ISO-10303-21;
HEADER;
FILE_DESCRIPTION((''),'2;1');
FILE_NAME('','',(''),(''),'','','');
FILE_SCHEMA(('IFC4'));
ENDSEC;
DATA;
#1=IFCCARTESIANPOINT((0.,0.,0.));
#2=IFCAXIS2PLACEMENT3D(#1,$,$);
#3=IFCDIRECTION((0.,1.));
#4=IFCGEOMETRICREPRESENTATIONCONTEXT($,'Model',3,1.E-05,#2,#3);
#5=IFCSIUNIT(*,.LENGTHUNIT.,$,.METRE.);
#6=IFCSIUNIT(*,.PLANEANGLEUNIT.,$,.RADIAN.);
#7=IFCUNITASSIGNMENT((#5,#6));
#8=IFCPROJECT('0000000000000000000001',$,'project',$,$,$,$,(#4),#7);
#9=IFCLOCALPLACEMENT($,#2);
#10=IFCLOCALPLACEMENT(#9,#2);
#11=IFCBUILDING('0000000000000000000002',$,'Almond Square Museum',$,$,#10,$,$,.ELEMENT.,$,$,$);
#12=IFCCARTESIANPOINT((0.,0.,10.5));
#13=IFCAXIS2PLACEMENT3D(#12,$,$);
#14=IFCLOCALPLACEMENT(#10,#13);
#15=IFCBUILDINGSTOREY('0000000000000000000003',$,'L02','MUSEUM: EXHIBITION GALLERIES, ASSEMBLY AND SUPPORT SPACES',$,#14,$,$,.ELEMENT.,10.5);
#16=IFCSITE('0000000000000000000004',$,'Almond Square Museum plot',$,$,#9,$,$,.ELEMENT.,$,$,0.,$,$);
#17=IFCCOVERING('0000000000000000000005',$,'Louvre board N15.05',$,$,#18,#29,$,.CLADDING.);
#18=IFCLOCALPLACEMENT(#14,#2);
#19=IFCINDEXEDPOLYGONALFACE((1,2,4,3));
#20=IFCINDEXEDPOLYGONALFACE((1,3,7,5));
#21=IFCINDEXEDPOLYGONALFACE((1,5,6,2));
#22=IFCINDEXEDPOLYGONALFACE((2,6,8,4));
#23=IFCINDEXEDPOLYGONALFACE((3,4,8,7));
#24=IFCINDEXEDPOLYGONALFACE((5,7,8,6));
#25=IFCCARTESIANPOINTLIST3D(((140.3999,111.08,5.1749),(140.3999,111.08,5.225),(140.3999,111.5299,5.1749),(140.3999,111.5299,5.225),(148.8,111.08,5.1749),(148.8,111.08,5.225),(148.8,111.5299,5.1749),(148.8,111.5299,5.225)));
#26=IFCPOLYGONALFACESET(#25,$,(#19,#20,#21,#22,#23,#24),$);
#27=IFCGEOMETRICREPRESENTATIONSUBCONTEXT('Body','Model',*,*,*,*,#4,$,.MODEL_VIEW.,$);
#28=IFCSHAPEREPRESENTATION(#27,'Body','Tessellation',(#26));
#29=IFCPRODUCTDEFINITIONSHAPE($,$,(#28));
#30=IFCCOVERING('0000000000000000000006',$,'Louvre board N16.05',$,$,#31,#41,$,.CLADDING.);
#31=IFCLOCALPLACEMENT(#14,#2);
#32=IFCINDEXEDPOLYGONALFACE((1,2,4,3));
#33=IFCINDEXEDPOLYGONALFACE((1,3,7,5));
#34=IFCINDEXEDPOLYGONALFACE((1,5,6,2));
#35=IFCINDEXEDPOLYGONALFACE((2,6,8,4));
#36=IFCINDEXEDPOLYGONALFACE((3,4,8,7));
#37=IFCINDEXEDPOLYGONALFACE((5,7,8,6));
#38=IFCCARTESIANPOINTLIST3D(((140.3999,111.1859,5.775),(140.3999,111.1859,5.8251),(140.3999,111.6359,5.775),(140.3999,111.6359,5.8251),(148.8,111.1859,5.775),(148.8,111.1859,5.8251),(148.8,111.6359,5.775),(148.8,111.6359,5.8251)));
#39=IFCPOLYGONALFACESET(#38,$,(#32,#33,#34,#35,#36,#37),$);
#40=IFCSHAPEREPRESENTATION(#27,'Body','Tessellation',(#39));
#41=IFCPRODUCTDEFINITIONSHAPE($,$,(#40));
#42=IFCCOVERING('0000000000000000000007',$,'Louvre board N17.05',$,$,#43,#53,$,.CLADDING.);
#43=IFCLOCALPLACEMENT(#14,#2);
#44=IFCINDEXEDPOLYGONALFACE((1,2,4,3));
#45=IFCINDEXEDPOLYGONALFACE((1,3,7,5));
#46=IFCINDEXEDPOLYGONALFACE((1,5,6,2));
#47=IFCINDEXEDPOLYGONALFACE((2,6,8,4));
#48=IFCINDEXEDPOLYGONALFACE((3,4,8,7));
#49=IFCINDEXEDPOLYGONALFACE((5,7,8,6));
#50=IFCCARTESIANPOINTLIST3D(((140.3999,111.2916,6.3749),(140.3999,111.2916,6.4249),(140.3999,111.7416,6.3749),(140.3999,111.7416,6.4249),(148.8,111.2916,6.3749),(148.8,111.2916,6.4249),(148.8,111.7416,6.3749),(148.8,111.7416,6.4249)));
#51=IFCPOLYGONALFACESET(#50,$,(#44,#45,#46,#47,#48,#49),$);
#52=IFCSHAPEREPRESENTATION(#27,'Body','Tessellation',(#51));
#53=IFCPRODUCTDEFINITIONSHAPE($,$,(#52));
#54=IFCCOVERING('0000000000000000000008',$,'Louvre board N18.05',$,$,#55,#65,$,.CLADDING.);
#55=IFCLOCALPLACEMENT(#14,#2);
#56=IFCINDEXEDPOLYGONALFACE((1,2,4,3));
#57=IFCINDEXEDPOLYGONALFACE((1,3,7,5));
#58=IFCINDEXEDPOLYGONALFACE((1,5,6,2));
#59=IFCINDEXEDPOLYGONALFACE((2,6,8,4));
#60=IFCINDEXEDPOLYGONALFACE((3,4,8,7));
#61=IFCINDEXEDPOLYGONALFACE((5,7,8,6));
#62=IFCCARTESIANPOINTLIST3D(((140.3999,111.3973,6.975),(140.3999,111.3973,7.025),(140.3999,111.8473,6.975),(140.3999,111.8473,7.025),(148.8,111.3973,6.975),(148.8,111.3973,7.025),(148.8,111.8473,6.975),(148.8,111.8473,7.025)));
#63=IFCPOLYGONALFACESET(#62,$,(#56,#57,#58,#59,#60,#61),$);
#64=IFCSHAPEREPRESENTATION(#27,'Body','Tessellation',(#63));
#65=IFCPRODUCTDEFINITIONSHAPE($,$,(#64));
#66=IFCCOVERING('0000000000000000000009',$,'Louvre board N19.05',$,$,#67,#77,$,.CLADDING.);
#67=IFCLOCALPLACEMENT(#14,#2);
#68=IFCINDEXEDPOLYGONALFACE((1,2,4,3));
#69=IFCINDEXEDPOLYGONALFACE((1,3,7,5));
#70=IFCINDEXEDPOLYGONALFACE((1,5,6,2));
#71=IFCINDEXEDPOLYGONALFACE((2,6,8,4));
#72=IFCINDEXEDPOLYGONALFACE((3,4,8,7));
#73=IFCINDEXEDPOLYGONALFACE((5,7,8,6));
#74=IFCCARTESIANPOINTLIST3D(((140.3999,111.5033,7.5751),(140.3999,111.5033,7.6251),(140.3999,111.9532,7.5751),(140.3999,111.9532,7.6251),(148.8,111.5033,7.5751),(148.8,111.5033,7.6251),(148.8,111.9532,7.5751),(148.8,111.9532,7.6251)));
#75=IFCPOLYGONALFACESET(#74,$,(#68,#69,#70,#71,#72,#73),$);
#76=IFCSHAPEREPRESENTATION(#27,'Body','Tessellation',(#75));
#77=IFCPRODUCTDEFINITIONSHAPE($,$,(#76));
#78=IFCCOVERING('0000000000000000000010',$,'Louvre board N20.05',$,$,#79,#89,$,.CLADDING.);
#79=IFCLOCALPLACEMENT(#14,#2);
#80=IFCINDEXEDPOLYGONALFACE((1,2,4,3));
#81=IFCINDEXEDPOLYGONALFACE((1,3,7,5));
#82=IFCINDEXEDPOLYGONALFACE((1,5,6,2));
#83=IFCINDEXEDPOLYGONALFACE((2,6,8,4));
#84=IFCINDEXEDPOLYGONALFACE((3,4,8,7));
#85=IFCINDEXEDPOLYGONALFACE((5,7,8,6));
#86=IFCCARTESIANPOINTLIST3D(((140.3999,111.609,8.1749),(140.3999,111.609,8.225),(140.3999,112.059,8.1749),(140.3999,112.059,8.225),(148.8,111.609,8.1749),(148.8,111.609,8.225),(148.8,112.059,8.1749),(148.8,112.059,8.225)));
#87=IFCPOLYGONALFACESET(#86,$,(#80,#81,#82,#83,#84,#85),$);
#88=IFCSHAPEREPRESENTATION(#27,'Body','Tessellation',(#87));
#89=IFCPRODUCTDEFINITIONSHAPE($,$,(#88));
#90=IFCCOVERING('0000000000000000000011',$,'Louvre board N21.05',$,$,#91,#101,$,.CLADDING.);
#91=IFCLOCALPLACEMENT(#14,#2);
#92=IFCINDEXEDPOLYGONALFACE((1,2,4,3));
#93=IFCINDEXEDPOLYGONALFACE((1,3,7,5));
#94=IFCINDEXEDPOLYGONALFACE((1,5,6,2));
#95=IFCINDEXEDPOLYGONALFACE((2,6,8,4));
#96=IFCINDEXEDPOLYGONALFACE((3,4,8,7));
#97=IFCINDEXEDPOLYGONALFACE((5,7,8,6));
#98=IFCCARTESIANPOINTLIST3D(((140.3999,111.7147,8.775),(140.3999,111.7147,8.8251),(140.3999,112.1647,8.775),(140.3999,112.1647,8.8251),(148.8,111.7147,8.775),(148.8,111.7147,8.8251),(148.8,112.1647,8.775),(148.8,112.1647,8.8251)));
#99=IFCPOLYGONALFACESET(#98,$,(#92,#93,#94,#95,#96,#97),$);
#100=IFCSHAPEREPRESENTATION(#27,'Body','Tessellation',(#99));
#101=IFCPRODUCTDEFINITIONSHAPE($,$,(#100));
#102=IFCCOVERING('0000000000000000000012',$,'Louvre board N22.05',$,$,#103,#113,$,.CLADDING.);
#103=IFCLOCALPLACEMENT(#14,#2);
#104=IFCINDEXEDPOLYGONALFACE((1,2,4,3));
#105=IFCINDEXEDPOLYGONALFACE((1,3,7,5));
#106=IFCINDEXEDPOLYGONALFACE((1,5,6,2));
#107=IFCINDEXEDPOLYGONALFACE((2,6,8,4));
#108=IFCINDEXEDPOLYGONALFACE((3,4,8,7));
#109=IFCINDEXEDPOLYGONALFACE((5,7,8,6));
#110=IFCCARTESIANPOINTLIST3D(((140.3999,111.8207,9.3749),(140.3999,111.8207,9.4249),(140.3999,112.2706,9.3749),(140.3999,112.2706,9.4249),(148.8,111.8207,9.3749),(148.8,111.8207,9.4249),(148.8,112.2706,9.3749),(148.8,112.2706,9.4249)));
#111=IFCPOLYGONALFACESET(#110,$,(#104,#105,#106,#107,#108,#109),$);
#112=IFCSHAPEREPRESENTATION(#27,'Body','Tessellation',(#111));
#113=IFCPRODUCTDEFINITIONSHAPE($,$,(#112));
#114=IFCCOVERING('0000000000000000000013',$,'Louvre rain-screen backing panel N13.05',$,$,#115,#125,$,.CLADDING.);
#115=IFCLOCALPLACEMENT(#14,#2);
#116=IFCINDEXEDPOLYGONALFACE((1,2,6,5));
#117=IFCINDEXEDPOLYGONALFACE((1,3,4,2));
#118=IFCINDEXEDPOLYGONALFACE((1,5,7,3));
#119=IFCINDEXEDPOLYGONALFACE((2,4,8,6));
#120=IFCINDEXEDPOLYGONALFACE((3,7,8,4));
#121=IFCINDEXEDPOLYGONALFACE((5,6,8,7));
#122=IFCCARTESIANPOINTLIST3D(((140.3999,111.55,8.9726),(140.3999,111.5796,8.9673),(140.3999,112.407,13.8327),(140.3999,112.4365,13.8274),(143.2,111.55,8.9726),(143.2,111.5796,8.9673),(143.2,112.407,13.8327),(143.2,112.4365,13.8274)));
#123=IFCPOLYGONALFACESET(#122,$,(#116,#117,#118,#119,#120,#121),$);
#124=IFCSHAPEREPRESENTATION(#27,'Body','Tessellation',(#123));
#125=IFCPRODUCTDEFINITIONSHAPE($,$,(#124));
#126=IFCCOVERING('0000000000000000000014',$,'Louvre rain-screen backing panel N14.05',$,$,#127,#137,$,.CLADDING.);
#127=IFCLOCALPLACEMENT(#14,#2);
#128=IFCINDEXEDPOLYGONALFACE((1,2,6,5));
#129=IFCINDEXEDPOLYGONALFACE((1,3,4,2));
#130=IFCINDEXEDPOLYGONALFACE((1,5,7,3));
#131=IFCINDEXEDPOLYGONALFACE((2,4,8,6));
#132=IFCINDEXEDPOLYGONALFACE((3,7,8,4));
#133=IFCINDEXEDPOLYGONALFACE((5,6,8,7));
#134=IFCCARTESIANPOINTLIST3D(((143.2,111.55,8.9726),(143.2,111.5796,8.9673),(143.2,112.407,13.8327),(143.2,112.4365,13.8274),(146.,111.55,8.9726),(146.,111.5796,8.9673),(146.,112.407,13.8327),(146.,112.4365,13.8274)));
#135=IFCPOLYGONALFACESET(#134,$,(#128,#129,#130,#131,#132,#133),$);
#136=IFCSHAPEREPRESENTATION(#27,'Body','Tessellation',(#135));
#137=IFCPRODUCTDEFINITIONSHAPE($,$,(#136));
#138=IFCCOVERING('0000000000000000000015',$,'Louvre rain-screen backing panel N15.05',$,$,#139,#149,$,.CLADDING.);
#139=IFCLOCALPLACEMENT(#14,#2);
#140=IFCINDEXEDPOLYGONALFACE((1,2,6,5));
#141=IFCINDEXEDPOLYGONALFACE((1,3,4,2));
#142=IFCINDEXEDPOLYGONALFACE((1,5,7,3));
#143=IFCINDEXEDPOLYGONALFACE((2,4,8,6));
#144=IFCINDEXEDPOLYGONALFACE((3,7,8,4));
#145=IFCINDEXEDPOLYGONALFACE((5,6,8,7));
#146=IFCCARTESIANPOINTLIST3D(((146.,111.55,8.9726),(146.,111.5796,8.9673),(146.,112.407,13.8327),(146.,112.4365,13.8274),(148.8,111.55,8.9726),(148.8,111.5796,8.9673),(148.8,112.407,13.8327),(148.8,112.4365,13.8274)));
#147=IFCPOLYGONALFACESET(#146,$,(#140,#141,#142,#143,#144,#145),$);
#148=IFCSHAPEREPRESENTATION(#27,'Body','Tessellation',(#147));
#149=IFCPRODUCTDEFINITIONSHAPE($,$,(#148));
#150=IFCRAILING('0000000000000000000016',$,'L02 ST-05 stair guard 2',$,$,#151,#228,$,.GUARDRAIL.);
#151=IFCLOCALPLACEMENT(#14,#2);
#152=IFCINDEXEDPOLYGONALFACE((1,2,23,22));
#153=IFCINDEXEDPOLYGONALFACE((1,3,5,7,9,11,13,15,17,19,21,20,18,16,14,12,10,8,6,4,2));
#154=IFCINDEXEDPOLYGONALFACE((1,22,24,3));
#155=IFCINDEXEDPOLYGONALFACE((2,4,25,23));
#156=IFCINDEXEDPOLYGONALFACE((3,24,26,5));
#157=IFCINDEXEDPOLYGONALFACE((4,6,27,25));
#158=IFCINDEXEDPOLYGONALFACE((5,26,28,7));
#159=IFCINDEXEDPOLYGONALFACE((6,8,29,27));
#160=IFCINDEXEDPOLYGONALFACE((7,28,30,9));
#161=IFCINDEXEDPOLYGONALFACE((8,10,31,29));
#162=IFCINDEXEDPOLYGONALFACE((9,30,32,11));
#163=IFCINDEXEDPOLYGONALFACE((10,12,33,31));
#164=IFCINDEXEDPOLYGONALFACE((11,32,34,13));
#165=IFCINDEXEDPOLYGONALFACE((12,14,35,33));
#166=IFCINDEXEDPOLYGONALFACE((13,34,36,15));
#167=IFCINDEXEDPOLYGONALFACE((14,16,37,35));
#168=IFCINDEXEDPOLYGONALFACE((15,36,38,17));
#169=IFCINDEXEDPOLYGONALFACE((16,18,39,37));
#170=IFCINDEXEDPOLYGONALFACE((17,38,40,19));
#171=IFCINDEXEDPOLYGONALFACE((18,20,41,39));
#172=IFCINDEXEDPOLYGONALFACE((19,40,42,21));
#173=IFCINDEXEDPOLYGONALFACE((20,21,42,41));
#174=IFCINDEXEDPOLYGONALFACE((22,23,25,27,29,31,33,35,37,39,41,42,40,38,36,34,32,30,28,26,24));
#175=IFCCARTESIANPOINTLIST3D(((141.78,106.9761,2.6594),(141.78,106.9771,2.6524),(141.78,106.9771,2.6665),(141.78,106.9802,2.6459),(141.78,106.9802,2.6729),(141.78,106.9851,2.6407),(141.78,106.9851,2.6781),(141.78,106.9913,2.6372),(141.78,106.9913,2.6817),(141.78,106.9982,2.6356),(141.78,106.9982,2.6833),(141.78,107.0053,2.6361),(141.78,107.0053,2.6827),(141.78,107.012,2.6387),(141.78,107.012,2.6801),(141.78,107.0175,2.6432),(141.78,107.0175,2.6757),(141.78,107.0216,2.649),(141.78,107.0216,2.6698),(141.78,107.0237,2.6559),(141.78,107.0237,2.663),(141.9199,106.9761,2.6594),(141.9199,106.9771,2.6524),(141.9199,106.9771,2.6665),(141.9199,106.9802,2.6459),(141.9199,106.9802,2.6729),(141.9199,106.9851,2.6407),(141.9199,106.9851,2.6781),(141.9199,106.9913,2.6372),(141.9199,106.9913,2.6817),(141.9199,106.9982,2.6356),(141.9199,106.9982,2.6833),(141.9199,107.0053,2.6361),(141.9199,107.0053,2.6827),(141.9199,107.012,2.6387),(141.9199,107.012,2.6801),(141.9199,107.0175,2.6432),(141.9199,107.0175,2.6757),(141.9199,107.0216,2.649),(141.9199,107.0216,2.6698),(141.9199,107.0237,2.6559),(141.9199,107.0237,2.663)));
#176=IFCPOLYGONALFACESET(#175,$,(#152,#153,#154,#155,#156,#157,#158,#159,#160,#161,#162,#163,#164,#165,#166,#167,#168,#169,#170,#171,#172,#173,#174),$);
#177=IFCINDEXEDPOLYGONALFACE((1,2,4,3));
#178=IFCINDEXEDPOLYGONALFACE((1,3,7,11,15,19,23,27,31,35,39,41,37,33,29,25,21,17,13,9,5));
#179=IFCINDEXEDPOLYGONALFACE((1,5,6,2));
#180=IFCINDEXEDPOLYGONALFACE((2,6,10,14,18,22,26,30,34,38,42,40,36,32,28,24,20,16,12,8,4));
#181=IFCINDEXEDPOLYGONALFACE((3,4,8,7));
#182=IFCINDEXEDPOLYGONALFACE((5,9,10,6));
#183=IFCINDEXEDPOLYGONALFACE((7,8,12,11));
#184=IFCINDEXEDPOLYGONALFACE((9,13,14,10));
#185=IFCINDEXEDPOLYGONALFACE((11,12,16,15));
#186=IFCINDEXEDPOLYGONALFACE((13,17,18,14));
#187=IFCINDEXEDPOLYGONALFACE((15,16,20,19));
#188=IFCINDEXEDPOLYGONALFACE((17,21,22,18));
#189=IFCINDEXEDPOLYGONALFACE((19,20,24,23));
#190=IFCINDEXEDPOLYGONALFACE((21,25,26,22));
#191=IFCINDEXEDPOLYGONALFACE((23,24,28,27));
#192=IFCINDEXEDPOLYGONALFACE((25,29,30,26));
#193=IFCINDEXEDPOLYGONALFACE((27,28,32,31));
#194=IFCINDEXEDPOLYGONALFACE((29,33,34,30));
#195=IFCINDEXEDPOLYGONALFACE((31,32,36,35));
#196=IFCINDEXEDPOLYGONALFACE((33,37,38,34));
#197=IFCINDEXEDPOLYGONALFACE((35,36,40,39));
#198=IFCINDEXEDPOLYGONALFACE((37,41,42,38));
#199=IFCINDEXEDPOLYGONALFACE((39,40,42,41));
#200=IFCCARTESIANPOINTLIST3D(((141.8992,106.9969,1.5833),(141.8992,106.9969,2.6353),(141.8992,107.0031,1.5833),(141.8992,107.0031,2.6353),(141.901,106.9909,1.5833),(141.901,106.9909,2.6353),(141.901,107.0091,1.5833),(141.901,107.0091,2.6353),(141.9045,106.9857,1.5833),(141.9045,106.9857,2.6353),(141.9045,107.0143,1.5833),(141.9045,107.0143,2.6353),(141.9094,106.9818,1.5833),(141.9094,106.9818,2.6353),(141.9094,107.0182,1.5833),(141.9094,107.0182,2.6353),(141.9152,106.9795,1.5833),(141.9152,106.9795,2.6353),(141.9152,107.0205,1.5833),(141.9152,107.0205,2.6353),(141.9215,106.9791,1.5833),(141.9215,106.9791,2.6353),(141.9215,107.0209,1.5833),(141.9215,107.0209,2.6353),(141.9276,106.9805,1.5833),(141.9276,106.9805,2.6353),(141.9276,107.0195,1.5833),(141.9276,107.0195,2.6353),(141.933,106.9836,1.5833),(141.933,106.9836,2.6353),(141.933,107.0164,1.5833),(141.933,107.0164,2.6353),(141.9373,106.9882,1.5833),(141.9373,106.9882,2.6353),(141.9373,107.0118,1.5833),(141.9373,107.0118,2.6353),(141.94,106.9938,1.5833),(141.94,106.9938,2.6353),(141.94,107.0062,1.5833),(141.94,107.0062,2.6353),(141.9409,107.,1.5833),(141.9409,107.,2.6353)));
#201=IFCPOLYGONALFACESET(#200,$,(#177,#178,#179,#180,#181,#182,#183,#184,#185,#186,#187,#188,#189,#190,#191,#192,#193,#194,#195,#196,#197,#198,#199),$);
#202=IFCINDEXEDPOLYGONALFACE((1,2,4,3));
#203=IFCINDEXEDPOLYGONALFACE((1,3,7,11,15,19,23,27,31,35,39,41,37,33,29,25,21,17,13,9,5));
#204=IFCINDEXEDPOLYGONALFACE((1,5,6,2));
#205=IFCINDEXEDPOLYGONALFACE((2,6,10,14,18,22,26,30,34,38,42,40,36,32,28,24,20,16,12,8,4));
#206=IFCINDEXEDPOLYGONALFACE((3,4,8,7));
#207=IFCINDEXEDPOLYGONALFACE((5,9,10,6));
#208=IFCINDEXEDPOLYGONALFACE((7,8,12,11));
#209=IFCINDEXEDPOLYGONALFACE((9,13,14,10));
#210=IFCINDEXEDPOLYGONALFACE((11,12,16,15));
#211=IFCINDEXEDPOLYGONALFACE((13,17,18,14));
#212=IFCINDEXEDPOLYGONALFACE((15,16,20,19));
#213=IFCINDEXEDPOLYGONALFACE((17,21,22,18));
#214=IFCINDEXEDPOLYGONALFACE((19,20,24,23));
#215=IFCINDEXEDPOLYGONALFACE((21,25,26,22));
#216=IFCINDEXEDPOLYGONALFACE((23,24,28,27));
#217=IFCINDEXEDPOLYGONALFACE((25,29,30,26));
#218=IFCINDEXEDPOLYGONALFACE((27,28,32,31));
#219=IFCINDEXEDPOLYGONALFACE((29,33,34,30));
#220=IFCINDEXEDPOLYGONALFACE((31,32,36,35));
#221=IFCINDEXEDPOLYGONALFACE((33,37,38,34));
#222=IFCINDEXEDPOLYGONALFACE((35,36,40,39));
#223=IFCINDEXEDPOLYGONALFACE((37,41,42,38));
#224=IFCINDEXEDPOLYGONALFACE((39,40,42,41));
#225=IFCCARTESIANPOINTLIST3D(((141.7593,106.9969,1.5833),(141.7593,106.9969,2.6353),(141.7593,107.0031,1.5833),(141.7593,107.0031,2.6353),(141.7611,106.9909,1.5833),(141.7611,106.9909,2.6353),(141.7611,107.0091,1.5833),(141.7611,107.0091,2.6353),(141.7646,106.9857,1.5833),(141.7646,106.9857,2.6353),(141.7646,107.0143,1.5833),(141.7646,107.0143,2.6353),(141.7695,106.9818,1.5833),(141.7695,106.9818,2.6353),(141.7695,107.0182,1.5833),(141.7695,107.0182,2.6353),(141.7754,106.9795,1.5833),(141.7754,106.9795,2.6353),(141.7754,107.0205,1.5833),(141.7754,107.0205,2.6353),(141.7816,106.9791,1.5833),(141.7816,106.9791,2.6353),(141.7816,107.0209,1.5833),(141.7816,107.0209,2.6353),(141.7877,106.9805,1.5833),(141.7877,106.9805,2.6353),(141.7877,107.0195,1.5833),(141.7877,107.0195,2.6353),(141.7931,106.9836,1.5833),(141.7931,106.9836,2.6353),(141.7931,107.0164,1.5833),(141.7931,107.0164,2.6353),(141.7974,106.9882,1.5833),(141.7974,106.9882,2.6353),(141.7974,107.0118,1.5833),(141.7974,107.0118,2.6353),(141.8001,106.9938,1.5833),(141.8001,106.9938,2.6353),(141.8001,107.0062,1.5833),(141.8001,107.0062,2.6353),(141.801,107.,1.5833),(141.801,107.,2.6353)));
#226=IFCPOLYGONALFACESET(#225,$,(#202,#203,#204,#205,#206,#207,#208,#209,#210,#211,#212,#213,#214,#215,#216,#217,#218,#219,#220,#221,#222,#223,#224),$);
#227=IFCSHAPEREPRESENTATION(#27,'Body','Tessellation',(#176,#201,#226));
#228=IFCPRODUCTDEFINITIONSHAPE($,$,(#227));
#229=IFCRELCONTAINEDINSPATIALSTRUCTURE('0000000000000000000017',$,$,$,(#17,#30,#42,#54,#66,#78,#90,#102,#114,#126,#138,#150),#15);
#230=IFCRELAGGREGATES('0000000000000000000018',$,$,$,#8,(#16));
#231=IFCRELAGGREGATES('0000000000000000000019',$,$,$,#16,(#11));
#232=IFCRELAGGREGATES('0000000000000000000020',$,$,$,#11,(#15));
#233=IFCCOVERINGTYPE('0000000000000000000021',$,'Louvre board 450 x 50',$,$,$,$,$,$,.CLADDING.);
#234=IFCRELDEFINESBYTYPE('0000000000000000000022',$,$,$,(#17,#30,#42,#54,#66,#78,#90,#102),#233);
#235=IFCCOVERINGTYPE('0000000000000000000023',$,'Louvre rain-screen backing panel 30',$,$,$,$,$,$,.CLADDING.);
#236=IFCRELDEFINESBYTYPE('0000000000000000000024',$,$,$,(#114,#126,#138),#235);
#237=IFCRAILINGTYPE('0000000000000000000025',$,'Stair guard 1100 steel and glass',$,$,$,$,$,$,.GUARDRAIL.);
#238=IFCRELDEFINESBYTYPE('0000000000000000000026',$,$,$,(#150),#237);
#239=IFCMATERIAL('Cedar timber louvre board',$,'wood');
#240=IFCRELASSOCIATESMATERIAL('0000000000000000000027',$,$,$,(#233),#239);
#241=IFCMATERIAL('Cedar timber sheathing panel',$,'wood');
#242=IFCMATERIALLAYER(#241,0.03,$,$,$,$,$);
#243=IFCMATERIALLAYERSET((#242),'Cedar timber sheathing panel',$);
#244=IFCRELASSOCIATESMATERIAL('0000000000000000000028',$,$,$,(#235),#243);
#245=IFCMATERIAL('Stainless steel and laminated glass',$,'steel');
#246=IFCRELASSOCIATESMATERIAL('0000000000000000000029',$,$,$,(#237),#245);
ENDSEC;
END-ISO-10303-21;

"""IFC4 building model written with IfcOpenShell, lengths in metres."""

from ifc_helpers import new_model, si_unit, direction, frame, origin, origin_2d, place, context, subcontext, project, spatial, polyline, rectangle, circle, outline, extrude, material, layer, layer_set, material_profile, profile_set, type_object, element, save


model = new_model("IFC4")

# Units and contexts
model_context = context("Model", 3, precision=1e-05, world=origin(), true_north=direction((0.0, 1.0)))
body_context = subcontext(model_context, "Body", "Model", "MODEL_VIEW")
ifc_project = project(units=[si_unit("LENGTHUNIT", "METRE"), si_unit("PLANEANGLEUNIT", "RADIAN")], contexts=[model_context])

# Site, building, storey
site_placement = place(None, origin())
site = spatial("IfcSite", under=ifc_project, at=site_placement, Name="Almond Square Museum plot", CompositionType="ELEMENT", RefElevation=0.0)
building_placement = place(site_placement, origin())
building = spatial("IfcBuilding", under=site, at=building_placement, Name="Almond Square Museum", CompositionType="ELEMENT")
storey_placement = place(building_placement, frame((0.0, 0.0, 10.5)))
storey = spatial("IfcBuildingStorey", under=building, at=storey_placement, Name="L02", Description="MUSEUM: EXHIBITION GALLERIES, ASSEMBLY AND SUPPORT SPACES", CompositionType="ELEMENT", Elevation=10.5)

# Coverings
ifc_material_1 = material(Name="Cedar timber louvre board", Category="wood")
ifc_material_profile = material_profile(ifc_material_1, rectangle(XDim=0.45, YDim=0.05, at=origin_2d()))
ifc_profile_set = profile_set([ifc_material_profile], Name="Cedar timber louvre board")
covering_type_1 = type_object("IfcCoveringType", Name="Louvre board 450 x 50", PredefinedType="CLADDING", material=ifc_profile_set)
for number, where, z_axis, x_axis, name in (
    (1, (140.3999, 111.3049, 5.2), (1.0, 0.0, 0.0), (0.0, 1.0, 0.0), "Louvre board N15.05"),
    (2, (140.3999, 111.4109, 5.8), (1.0, 0.0, 0.0), (0.0, 1.0, 0.0), "Louvre board N16.05"),
    (3, (140.3999, 111.5166, 6.3999), (1.0, 0.0, 0.0), (0.0, 1.0, 0.0), "Louvre board N17.05"),
    (4, (140.3999, 111.6223, 7.0), (1.0, 0.0, 0.0), (0.0, 1.0, 0.0), "Louvre board N18.05"),
    (5, (140.3999, 111.7283, 7.6001), (1.0, 0.0, 0.0), (0.0, 1.0, 0.0), "Louvre board N19.05"),
    (6, (140.3999, 111.834, 8.2), (1.0, 0.0, 0.0), (0.0, 1.0, 0.0), "Louvre board N20.05"),
    (7, (140.3999, 111.9397, 8.8), (1.0, 0.0, 0.0), (0.0, 1.0, 0.0), "Louvre board N21.05"),
    (8, (140.3999, 112.0457, 9.3999), (1.0, 0.0, 0.0), (0.0, 1.0, 0.0), "Louvre board N22.05"),
):
    element("IfcCovering", number, at=place(storey_placement, frame(where, z_axis=z_axis, x_axis=x_axis)), inside=storey, type_object=covering_type_1, Name=name, PredefinedType="CLADDING", context=body_context, shape_type="SweptSolid", body=[
        extrude(rectangle(XDim=0.45, YDim=0.05, at=origin_2d()), origin(), (0.0, 0.0, 1.0), 8.4001),
    ])
ifc_material_2 = material(Name="Cedar timber sheathing panel", Category="wood")
ifc_layer_1 = layer(ifc_material_2, 0.03)
ifc_layer_set_1 = layer_set([ifc_layer_1], Name="Cedar timber sheathing panel")
covering_type_2 = type_object("IfcCoveringType", Name="Louvre rain-screen backing panel 30", PredefinedType="CLADDING", material=ifc_layer_set_1)
for number, where, z_axis, x_axis, name in (
    (9, (140.3999, 111.5647, 8.97), (0.0, -0.984809, 0.173641), (1.0, 0.0, 0.0), "Louvre rain-screen backing panel N13.05"),
    (10, (143.2, 111.5647, 8.97), (0.0, -0.984809, 0.173641), (1.0, 0.0, 0.0), "Louvre rain-screen backing panel N14.05"),
    (11, (146.0, 111.5647, 8.97), (0.0, -0.984809, 0.173641), (1.0, 0.0, 0.0), "Louvre rain-screen backing panel N15.05"),
):
    element("IfcCovering", number, at=place(storey_placement, frame(where, z_axis=z_axis, x_axis=x_axis)), inside=storey, type_object=covering_type_2, Name=name, PredefinedType="CLADDING", context=body_context, shape_type="SweptSolid", body=[
        extrude(outline(polyline([(0.0, 0.0), (2.8, 0.0), (2.8, 4.9351), (0.0, 4.9351), (0.0, 0.0)])), frame((0.0, 0.0, -0.0151)), (0.0, 0.0, 1.0), 0.03),
    ])

# Railing
ifc_material_3 = material(Name="Stainless steel and laminated glass", Category="steel")
railing_type_1 = type_object("IfcRailingType", Name="Stair guard 1100 steel and glass", PredefinedType="GUARDRAIL", material=ifc_material_3)
for number, where, name in (
    (12, (141.9199, 107.0, 1.5833), "L02 ST-05 stair guard 2"),
):
    element("IfcRailing", number, at=place(storey_placement, frame(where)), inside=storey, type_object=railing_type_1, Name=name, PredefinedType="GUARDRAIL", context=body_context, shape_type="SweptSolid", body=[
        extrude(circle(Radius=0.0239, at=origin_2d()), frame((0.0, 0.0, 1.0762), z_axis=(-1.0, 0.0, 0.0), x_axis=(0.0, -1.0, 0.0)), (0.0, 0.0, 1.0), 0.1399),
        extrude(circle(Radius=0.021, at=origin_2d()), origin(), (0.0, 0.0, 1.0), 1.052),
        extrude(circle(Radius=0.021, at=origin_2d()), frame((-0.1399, 0.0, 0.0)), (0.0, 0.0, 1.0), 1.052),
    ])

save(model, "model.ifc")
